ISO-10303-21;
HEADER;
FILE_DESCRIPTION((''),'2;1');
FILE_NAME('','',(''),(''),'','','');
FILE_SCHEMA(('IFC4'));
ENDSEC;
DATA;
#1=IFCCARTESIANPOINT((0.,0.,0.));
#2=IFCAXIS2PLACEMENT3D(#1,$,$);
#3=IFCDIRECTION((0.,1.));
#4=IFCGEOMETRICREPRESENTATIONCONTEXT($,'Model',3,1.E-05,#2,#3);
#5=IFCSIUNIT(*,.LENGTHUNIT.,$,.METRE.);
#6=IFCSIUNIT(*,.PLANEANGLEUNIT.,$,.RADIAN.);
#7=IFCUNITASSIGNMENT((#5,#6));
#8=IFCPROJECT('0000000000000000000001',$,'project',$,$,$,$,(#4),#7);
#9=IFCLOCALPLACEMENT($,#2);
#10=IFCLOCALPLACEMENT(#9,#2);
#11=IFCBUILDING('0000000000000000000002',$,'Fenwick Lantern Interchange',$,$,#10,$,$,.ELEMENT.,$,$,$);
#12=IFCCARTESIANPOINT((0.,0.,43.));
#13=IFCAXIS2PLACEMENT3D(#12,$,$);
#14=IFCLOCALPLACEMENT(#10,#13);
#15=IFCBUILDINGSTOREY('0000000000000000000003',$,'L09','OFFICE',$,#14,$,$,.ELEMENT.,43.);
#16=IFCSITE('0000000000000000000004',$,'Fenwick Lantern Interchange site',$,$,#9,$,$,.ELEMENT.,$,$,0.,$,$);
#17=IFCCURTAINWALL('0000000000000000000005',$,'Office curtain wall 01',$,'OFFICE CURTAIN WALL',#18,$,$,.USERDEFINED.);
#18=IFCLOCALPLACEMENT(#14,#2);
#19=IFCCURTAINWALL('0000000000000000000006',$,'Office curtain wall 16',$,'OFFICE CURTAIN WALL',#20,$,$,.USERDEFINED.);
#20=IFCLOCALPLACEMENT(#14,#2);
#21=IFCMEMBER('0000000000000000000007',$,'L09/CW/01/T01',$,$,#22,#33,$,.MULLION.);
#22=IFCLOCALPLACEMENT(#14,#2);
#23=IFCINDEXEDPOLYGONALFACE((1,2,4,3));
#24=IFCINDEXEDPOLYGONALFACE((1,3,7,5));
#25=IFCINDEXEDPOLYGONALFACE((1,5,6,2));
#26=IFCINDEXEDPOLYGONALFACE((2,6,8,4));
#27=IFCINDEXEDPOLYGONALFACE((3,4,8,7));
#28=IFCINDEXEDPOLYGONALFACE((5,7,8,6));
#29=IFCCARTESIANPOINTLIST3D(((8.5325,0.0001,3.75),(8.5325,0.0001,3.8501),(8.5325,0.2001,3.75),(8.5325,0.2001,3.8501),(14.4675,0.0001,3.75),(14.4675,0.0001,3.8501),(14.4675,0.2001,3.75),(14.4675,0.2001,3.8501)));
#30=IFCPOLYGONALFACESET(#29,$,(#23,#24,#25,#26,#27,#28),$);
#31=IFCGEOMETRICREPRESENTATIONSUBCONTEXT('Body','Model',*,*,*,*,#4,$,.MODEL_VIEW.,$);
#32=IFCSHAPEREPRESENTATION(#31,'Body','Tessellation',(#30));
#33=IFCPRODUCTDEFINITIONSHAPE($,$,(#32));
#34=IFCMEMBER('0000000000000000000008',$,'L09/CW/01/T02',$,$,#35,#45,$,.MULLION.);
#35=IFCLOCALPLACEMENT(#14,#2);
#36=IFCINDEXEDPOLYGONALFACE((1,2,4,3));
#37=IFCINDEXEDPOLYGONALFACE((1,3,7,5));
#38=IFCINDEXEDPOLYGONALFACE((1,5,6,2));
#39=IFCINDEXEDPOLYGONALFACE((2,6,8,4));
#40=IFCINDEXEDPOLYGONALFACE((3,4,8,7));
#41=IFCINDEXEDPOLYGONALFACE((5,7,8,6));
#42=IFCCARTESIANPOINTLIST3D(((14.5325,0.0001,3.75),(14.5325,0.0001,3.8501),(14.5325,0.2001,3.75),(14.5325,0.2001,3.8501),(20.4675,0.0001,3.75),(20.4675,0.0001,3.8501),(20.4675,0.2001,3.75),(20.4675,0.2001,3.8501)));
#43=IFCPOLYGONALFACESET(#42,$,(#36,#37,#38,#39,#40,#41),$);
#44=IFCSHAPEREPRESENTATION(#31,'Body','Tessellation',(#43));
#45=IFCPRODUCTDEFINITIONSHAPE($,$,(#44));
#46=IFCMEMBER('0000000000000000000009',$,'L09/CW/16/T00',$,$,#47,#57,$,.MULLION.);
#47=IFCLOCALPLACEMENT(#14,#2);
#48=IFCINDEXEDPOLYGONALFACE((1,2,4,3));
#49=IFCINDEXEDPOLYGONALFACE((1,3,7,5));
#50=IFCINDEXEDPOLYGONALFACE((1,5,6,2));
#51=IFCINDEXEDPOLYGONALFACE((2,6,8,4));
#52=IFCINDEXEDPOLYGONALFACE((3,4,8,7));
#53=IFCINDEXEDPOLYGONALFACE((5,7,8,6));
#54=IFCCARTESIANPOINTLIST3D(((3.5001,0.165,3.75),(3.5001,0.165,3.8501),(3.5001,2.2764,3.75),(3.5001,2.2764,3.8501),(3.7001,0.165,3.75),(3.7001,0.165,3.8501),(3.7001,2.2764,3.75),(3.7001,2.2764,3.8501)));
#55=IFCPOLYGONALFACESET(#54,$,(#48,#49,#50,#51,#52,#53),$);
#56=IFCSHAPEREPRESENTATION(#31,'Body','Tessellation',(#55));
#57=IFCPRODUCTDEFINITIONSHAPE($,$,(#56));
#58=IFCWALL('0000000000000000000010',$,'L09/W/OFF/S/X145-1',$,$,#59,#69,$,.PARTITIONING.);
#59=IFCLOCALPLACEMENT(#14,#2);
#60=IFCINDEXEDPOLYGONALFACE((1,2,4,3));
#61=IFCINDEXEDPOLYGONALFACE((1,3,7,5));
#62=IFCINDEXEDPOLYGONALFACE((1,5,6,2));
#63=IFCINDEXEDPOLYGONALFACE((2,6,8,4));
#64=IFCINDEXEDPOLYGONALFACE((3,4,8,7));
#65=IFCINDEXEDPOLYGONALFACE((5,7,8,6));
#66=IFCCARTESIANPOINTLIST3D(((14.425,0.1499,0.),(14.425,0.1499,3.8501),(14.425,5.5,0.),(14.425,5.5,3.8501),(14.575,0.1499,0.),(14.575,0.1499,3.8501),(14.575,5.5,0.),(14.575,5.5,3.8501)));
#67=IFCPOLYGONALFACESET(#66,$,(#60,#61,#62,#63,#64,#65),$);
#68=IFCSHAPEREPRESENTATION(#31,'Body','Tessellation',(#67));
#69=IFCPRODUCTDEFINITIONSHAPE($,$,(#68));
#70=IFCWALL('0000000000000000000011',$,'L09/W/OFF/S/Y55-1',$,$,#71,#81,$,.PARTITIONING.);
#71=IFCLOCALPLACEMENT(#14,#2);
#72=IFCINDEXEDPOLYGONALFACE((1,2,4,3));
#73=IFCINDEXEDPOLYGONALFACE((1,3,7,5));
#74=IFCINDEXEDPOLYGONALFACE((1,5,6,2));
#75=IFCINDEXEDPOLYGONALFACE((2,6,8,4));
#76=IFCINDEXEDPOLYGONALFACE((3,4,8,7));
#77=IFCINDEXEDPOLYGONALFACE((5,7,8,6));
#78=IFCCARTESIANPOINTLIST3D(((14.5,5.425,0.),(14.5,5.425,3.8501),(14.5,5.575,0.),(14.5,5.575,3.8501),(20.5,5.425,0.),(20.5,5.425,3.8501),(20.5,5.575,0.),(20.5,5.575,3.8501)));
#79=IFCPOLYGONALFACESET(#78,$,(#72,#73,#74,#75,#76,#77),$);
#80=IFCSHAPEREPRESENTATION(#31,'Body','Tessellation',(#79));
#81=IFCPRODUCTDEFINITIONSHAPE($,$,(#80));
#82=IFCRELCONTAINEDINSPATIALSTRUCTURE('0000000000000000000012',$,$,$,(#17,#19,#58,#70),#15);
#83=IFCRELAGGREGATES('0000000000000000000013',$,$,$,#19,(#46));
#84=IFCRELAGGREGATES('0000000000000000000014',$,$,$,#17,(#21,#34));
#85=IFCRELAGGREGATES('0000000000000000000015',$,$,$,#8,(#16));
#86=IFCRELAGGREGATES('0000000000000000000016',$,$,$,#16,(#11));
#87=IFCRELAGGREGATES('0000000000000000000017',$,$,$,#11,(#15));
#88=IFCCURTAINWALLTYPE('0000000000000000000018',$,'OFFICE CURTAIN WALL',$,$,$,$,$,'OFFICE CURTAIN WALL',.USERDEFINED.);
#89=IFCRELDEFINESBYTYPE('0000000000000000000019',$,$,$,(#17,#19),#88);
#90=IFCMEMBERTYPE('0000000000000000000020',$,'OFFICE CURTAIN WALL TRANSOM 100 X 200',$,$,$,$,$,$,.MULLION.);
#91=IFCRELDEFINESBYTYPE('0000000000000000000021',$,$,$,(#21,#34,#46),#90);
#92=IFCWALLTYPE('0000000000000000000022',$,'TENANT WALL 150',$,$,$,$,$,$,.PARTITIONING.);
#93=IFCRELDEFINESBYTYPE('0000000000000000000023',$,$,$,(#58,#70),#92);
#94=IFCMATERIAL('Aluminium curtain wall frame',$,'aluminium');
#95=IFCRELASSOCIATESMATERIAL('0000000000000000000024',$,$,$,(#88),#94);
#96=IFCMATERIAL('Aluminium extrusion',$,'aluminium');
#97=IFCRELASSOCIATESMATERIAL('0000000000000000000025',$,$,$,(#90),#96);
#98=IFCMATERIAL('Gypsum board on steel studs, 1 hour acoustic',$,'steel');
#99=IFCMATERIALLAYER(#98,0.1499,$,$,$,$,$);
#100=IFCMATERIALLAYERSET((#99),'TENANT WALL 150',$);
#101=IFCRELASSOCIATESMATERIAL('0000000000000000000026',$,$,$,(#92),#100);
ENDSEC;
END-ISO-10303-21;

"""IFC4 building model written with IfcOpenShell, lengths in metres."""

from ifc_helpers import new_model, si_unit, direction, frame, frame_2d, origin, origin_2d, place, context, subcontext, project, spatial, rectangle, extrude, material, layer, layer_set, material_profile, profile_set, type_object, element, aggregate, save


model = new_model("IFC4")

# Units and contexts
model_context = context("Model", 3, precision=1e-05, world=origin(), true_north=direction((0.0, 1.0)))
body_context = subcontext(model_context, "Body", "Model", "MODEL_VIEW")
ifc_project = project(units=[si_unit("LENGTHUNIT", "METRE"), si_unit("PLANEANGLEUNIT", "RADIAN")], contexts=[model_context])

# Site, building, storey
site_placement = place(None, origin())
site = spatial("IfcSite", under=ifc_project, at=site_placement, Name="Fenwick Lantern Interchange site", CompositionType="ELEMENT", RefElevation=0.0)
building_placement = place(site_placement, origin())
building = spatial("IfcBuilding", under=site, at=building_placement, Name="Fenwick Lantern Interchange", CompositionType="ELEMENT")
storey_placement = place(building_placement, frame((0.0, 0.0, 43.0)))
storey = spatial("IfcBuildingStorey", under=building, at=storey_placement, Name="L09", Description="OFFICE", CompositionType="ELEMENT", Elevation=43.0)

# Curtain walls
ifc_material_1 = material(Name="Aluminium curtain wall frame", Category="aluminium")
curtain_wall_type = type_object("IfcCurtainWallType", Name="OFFICE CURTAIN WALL", ElementType="OFFICE CURTAIN WALL", PredefinedType="USERDEFINED", material=ifc_material_1)
curtain_wall_1_placement = place(storey_placement, origin())
curtain_wall_1 = element("IfcCurtainWall", 1, at=curtain_wall_1_placement, inside=storey, type_object=curtain_wall_type, Name="Office curtain wall 01", ObjectType="OFFICE CURTAIN WALL", PredefinedType="USERDEFINED")
ifc_material_2 = material(Name="Aluminium extrusion", Category="aluminium")
curtain_wall_2_placement = place(storey_placement, origin())
curtain_wall_2 = element("IfcCurtainWall", 2, at=curtain_wall_2_placement, inside=storey, type_object=curtain_wall_type, Name="Office curtain wall 16", ObjectType="OFFICE CURTAIN WALL", PredefinedType="USERDEFINED")

# Members
ifc_material_profile_1 = material_profile(ifc_material_2, rectangle(XDim=0.2, YDim=0.1001, at=origin_2d()), Name="OFFICE CURTAIN WALL TRANSOM 100 X 200")
ifc_profile_set_1 = profile_set([ifc_material_profile_1], Name="Aluminium extrusion")
member_type_1 = type_object("IfcMemberType", Name="OFFICE CURTAIN WALL TRANSOM 100 X 200", PredefinedType="MULLION", material=ifc_profile_set_1)
member_1_placement = place(storey_placement, frame((8.5325, 0.1001, 3.8), z_axis=(1.0, 0.0, 0.0), x_axis=(0.0, 1.0, 0.0)))
member_1 = element("IfcMember", 3, at=member_1_placement, type_object=member_type_1, Name="L09/CW/01/T01", PredefinedType="MULLION", context=body_context, shape_type="SweptSolid", body=[
    extrude(rectangle(XDim=0.2, YDim=0.1001, at=origin_2d()), origin(), (0.0, 0.0, 1.0), 5.9351),
])
member_2_placement = place(storey_placement, frame((14.5325, 0.1001, 3.8), z_axis=(1.0, 0.0, 0.0), x_axis=(0.0, 1.0, 0.0)))
member_2 = element("IfcMember", 4, at=member_2_placement, type_object=member_type_1, Name="L09/CW/01/T02", PredefinedType="MULLION", context=body_context, shape_type="SweptSolid", body=[
    extrude(rectangle(XDim=0.2, YDim=0.1001, at=origin_2d()), origin(), (0.0, 0.0, 1.0), 5.9351),
])
member_3_placement = place(storey_placement, frame((3.6001, 2.2764, 3.8), z_axis=(0.0, -1.0, 0.0), x_axis=(1.0, 0.0, 0.0)))
member_3 = element("IfcMember", 5, at=member_3_placement, type_object=member_type_1, Name="L09/CW/16/T00", PredefinedType="MULLION", context=body_context, shape_type="SweptSolid", body=[
    extrude(rectangle(XDim=0.2, YDim=0.1001, at=origin_2d()), origin(), (0.0, 0.0, 1.0), 2.1113),
])
aggregate(curtain_wall_2, [member_3])

aggregate(curtain_wall_1, [member_1, member_2])

# Walls
ifc_material_3 = material(Name="Gypsum board on steel studs, 1 hour acoustic", Category="steel")
ifc_layer_1 = layer(ifc_material_3, 0.1499)
ifc_layer_set_1 = layer_set([ifc_layer_1], Name="TENANT WALL 150")
wall_type = type_object("IfcWallType", Name="TENANT WALL 150", PredefinedType="PARTITIONING", material=ifc_layer_set_1)
wall_1_placement = place(storey_placement, frame((14.5, 0.1499, 0.0), z_axis=(0.0, 0.0, 1.0), x_axis=(0.0, 1.0, 0.0)))
element("IfcWall", 6, at=wall_1_placement, inside=storey, type_object=wall_type, Name="L09/W/OFF/S/X145-1", PredefinedType="PARTITIONING", context=body_context, shape_type="SweptSolid", body=[
    extrude(rectangle(XDim=5.3501, YDim=0.1499, at=frame_2d((2.675, 0.0))), origin(), (0.0, 0.0, 1.0), 3.8501),
])
wall_2_placement = place(storey_placement, frame((14.5, 5.5, 0.0), z_axis=(0.0, 0.0, 1.0), x_axis=(1.0, 0.0, 0.0)))
element("IfcWall", 7, at=wall_2_placement, inside=storey, type_object=wall_type, Name="L09/W/OFF/S/Y55-1", PredefinedType="PARTITIONING", context=body_context, shape_type="SweptSolid", body=[
    extrude(rectangle(XDim=6.0, YDim=0.1499, at=frame_2d((3.0, 0.0))), origin(), (0.0, 0.0, 1.0), 3.8501),
])

save(model, "model.ifc")
